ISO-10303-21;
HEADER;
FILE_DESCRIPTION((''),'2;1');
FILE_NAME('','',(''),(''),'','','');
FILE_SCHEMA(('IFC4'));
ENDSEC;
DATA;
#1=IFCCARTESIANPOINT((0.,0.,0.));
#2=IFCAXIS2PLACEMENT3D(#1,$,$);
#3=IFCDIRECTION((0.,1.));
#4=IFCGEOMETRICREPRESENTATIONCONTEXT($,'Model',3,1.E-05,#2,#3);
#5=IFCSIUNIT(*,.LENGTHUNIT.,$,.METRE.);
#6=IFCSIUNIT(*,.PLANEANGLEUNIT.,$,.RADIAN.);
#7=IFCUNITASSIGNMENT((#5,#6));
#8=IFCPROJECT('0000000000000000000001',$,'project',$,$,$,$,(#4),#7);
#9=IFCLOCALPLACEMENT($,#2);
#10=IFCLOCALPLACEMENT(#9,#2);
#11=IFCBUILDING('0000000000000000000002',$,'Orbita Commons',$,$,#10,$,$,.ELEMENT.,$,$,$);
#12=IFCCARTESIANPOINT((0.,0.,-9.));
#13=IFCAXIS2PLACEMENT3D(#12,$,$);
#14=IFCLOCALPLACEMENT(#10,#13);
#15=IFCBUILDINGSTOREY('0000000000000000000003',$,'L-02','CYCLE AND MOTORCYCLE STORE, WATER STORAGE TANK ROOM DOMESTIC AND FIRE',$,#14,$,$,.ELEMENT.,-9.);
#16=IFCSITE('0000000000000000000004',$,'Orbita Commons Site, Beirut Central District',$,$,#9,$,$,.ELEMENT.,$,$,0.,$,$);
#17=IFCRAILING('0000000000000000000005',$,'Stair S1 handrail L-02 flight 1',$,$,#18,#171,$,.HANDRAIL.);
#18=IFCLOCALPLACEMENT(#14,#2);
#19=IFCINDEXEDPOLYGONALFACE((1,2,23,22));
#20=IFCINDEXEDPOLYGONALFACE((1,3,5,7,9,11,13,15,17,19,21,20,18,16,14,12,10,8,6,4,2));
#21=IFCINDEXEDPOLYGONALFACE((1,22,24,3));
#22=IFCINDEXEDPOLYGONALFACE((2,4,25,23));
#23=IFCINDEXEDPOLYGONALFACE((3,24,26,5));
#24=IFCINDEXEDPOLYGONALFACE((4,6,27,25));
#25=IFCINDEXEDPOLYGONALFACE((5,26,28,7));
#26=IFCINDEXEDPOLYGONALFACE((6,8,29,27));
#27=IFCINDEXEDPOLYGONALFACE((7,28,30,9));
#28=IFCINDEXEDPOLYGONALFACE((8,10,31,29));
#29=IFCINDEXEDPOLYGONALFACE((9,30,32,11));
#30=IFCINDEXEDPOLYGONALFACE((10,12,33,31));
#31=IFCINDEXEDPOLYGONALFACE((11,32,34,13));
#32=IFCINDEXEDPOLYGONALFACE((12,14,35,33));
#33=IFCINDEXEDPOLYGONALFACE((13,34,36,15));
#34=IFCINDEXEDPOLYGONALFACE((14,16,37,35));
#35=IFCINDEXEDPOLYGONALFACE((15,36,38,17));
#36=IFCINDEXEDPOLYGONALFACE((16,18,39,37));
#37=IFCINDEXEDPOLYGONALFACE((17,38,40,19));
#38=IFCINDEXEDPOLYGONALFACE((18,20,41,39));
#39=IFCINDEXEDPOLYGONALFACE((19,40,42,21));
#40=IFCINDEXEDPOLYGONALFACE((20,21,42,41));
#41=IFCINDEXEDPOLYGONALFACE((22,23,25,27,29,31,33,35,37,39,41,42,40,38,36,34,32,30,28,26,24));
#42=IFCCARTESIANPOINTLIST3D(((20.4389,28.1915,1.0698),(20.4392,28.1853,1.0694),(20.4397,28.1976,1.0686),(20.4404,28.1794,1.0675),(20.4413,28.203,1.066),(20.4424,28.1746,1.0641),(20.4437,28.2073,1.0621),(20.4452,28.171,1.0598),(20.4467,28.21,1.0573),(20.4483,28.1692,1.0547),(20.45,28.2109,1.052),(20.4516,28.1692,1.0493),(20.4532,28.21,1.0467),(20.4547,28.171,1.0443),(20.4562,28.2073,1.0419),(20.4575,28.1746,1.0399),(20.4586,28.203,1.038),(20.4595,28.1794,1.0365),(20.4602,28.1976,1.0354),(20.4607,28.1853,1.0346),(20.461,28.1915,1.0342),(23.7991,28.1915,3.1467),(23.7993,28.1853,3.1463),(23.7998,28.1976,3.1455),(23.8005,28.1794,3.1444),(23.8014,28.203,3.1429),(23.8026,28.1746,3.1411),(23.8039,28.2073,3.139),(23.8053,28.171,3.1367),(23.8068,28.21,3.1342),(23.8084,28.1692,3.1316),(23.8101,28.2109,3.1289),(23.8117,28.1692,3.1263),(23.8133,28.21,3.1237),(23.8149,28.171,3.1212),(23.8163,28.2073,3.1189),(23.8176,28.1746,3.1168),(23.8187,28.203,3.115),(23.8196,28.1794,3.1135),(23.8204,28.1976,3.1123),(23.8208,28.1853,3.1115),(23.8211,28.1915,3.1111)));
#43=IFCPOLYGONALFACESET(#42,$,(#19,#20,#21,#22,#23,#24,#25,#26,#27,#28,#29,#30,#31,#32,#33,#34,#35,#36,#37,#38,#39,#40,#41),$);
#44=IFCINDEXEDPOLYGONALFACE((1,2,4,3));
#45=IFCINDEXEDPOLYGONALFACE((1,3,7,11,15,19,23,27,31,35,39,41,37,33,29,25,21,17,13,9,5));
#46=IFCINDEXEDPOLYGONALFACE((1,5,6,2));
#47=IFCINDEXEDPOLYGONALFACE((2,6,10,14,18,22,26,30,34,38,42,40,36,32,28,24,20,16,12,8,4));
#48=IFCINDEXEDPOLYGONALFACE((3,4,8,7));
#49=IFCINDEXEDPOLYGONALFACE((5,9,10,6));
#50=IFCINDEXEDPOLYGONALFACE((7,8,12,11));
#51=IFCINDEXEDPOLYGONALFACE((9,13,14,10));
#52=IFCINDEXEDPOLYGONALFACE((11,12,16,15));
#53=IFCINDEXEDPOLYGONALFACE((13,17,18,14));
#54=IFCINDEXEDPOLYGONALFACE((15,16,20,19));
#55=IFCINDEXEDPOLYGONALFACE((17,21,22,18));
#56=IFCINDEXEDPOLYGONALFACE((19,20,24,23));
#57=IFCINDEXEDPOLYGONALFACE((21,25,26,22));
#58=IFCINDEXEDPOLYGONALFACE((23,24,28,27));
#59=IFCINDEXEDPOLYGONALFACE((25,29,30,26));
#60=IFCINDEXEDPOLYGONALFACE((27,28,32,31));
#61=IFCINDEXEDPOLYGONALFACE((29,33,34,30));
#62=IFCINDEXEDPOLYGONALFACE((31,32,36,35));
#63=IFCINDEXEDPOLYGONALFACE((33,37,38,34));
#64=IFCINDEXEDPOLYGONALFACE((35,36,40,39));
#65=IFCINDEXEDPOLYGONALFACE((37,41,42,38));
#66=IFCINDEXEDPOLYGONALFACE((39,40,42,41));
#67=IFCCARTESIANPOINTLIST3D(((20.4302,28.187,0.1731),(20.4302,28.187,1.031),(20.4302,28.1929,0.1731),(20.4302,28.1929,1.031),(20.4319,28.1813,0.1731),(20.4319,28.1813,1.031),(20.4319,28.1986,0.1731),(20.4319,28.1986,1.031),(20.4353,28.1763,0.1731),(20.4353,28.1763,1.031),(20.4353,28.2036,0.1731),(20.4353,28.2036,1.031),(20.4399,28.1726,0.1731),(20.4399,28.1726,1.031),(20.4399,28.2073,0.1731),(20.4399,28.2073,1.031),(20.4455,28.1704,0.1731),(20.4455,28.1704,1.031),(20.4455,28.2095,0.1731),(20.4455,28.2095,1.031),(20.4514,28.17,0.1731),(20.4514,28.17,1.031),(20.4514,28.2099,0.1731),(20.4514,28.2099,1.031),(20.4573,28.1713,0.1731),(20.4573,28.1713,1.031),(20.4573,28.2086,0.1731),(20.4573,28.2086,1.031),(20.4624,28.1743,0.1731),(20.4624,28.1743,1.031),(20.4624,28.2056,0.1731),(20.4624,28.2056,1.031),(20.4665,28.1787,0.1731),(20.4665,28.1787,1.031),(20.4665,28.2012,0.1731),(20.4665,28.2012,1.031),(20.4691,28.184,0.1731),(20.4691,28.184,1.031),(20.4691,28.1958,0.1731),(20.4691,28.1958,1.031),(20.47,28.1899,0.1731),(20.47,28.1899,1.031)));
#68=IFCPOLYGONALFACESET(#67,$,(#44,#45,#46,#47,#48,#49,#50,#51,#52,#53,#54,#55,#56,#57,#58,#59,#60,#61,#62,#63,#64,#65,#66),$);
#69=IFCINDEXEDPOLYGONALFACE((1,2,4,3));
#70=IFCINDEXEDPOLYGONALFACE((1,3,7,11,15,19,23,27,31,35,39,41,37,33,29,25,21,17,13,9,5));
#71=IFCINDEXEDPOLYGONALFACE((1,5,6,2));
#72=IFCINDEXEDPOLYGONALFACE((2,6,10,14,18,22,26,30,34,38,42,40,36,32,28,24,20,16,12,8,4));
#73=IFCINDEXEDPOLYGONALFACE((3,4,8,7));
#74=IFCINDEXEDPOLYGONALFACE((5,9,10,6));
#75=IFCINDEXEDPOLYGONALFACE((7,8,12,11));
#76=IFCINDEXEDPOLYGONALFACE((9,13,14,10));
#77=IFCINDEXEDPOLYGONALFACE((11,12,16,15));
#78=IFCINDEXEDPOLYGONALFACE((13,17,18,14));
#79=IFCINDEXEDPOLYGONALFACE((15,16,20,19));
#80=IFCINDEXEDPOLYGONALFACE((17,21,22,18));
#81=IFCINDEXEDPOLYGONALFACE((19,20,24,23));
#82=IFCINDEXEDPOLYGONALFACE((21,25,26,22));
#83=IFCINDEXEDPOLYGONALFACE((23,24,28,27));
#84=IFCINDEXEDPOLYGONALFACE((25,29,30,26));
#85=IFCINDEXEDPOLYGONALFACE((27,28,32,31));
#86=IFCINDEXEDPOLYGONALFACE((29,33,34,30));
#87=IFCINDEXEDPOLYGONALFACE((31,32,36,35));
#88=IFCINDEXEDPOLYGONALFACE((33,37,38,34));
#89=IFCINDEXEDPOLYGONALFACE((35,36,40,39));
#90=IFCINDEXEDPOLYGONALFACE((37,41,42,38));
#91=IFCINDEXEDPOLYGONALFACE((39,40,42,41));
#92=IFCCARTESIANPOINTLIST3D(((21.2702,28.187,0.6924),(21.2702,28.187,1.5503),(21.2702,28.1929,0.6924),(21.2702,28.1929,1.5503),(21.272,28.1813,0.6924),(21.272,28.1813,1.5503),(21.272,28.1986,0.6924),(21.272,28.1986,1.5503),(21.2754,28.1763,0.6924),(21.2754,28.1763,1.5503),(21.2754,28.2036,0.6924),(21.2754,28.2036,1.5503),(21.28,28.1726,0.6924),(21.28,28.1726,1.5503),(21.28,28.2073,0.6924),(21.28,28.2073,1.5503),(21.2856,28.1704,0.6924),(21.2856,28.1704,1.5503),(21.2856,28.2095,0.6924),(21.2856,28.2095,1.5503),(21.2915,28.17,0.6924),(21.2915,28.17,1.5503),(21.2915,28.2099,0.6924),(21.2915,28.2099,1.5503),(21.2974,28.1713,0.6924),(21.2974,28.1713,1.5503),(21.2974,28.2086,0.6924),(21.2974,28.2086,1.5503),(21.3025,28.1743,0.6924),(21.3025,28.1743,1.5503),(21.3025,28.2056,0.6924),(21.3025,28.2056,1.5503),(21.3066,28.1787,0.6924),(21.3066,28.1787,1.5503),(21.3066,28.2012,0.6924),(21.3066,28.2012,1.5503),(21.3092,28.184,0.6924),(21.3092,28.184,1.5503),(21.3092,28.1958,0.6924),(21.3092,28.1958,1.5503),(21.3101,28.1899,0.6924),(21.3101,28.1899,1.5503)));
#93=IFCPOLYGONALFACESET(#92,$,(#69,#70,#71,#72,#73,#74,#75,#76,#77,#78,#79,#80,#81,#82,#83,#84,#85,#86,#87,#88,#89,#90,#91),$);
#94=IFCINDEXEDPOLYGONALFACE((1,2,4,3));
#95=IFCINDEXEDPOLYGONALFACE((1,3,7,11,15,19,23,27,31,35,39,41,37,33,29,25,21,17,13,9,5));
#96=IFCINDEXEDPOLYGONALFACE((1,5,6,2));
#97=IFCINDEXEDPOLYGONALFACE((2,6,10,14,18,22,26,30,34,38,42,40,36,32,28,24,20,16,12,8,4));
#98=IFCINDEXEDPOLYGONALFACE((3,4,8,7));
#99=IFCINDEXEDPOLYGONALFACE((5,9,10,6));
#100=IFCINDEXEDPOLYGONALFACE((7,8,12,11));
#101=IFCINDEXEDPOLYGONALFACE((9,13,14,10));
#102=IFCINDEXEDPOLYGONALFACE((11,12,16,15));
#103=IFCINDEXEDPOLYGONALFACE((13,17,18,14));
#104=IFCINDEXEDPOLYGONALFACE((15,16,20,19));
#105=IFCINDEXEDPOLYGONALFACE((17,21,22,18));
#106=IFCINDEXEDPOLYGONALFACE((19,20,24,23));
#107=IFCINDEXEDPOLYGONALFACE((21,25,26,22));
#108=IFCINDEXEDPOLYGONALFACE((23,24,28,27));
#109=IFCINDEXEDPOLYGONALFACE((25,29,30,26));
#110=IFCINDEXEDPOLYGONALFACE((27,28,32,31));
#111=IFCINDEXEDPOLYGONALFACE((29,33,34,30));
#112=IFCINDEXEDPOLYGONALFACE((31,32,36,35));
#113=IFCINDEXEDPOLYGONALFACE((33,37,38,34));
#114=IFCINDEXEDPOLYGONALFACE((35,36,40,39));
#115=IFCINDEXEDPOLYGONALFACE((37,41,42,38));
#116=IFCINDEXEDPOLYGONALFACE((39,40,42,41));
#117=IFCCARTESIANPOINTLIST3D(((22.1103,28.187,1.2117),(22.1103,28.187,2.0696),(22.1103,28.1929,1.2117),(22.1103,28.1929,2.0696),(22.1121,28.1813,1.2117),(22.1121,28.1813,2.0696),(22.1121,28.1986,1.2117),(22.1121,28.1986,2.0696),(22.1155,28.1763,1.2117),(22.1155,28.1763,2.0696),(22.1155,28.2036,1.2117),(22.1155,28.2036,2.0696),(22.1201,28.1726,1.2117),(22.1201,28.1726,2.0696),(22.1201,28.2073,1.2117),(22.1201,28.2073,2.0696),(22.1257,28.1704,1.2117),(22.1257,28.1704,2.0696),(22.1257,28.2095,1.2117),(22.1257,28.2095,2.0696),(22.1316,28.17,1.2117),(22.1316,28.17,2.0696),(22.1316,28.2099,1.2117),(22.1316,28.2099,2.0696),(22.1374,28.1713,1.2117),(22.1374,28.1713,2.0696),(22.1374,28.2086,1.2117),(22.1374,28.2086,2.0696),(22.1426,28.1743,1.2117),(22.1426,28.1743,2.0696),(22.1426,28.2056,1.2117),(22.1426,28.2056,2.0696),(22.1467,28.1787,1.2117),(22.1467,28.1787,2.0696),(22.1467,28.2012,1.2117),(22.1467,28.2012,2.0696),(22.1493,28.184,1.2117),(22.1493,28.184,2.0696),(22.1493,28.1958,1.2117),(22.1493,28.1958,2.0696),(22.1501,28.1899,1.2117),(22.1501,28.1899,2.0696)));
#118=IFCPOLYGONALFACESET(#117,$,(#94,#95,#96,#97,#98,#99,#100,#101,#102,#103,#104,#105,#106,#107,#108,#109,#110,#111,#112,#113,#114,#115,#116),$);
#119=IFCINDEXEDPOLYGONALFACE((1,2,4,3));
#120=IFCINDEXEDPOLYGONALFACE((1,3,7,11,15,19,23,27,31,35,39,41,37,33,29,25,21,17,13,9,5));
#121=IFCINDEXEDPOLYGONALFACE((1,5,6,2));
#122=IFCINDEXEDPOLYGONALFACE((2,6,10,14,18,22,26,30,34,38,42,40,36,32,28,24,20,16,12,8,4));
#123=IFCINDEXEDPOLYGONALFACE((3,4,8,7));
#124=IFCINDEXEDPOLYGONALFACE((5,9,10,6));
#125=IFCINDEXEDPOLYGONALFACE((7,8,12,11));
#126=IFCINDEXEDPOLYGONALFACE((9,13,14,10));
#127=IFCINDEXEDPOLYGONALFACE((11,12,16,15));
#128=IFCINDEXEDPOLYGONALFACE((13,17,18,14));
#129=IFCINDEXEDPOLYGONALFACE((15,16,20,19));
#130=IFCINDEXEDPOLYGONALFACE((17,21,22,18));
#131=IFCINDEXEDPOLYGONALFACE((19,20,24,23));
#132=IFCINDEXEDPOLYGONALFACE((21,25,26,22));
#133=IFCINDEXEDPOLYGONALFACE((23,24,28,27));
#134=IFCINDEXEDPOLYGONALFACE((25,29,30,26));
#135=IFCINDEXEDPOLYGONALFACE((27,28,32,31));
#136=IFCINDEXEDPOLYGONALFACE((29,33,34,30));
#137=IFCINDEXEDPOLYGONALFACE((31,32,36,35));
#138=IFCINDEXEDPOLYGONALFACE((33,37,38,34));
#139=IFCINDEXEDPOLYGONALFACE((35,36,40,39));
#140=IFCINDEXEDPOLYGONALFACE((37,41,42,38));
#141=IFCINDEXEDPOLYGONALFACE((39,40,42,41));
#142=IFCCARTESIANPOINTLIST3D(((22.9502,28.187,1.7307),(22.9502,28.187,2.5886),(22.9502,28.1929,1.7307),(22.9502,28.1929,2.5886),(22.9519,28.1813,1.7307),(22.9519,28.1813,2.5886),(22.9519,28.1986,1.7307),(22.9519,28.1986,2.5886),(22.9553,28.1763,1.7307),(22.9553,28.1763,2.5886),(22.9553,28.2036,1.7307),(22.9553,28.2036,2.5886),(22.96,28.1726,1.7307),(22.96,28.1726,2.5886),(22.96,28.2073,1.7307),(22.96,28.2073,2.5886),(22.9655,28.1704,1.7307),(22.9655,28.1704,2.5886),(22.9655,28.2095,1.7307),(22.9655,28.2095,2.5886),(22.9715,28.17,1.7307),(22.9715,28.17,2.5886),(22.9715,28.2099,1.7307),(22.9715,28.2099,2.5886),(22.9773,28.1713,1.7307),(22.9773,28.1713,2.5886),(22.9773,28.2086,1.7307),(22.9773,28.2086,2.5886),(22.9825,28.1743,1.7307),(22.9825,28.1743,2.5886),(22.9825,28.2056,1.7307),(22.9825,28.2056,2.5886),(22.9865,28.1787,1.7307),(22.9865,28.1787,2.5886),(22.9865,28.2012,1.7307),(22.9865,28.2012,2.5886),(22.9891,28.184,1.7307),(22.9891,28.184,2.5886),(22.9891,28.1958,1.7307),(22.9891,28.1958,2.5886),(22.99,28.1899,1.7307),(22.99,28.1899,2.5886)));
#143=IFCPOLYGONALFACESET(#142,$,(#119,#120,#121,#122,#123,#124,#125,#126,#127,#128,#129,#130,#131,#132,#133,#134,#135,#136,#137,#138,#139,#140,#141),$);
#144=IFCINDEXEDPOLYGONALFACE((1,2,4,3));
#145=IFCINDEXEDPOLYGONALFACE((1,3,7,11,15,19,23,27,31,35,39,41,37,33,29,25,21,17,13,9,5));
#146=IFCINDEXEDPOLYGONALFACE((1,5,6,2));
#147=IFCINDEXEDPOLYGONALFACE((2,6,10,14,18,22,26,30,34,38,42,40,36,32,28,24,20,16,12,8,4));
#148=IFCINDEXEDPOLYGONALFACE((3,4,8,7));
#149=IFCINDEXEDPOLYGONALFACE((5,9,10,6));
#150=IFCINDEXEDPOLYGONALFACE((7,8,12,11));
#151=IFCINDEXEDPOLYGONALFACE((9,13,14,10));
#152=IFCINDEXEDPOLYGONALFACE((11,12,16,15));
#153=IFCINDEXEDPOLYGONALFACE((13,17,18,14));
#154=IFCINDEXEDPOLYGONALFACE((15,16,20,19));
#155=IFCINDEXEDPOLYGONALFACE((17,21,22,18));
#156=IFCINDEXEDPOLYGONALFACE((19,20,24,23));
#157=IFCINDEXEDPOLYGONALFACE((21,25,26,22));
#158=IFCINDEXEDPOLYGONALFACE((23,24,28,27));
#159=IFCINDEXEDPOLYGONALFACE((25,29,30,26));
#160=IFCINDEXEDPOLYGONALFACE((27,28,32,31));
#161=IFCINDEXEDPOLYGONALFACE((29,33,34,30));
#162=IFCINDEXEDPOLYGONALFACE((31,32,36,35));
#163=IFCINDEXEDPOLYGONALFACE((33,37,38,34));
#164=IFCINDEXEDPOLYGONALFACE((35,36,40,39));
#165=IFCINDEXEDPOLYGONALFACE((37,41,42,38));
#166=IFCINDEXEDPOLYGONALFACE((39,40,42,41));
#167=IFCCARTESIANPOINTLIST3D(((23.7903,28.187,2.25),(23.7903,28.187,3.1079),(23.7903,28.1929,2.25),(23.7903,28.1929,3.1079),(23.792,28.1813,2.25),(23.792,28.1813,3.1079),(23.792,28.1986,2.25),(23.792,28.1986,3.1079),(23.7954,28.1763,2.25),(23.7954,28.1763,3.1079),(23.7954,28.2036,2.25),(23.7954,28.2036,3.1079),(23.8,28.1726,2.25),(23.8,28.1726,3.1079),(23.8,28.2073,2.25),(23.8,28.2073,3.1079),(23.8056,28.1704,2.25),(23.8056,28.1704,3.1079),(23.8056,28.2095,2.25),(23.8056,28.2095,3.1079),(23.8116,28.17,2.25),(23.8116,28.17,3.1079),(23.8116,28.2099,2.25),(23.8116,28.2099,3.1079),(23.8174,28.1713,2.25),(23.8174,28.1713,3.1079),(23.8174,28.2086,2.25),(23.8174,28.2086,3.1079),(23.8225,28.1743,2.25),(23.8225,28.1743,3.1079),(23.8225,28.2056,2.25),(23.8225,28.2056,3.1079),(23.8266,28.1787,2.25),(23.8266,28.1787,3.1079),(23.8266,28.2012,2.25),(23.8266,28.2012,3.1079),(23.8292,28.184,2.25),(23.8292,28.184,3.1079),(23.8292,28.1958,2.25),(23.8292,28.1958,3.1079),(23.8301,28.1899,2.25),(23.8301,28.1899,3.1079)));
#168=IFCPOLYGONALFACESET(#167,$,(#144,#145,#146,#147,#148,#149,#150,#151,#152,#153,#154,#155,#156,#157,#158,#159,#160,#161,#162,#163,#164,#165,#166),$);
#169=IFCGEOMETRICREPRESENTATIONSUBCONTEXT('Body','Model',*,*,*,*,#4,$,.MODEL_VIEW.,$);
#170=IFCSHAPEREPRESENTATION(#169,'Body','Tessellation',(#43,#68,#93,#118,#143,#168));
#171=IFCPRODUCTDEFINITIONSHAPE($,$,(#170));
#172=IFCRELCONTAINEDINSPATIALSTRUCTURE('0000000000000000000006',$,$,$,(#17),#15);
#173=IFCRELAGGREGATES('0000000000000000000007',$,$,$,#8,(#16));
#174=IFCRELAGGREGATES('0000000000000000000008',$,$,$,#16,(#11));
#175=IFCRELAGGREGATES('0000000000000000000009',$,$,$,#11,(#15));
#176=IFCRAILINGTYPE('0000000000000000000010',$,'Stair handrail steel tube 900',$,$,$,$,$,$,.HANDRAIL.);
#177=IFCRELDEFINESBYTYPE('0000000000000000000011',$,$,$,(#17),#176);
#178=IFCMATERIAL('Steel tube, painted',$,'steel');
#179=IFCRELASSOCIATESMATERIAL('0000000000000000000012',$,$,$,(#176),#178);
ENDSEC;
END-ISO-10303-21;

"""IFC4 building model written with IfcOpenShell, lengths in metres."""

from ifc_helpers import new_model, si_unit, direction, frame, origin, origin_2d, place, context, subcontext, project, spatial, circle, extrude, material, type_object, element, save


model = new_model("IFC4")

# Units and contexts
model_context = context("Model", 3, precision=1e-05, world=origin(), true_north=direction((0.0, 1.0)))
body_context = subcontext(model_context, "Body", "Model", "MODEL_VIEW")
ifc_project = project(units=[si_unit("LENGTHUNIT", "METRE"), si_unit("PLANEANGLEUNIT", "RADIAN")], contexts=[model_context])

# Site, building, storey
site_placement = place(None, origin())
site = spatial("IfcSite", under=ifc_project, at=site_placement, Name="Orbita Commons Site, Beirut Central District", CompositionType="ELEMENT", RefElevation=0.0)
building_placement = place(site_placement, origin())
building = spatial("IfcBuilding", under=site, at=building_placement, Name="Orbita Commons", CompositionType="ELEMENT")
storey_placement = place(building_placement, frame((0.0, 0.0, -9.0)))
storey = spatial("IfcBuildingStorey", under=building, at=storey_placement, Name="L-02", Description="CYCLE AND MOTORCYCLE STORE, WATER STORAGE TANK ROOM DOMESTIC AND FIRE", CompositionType="ELEMENT", Elevation=-9.0)

# Railing
ifc_material_1 = material(Name="Steel tube, painted", Category="steel")
railing_type = type_object("IfcRailingType", Name="Stair handrail steel tube 900", PredefinedType="HANDRAIL", material=ifc_material_1)
for number, where, name in (
    (1, (20.45, 28.1899, 0.1731), "Stair S1 handrail L-02 flight 1"),
):
    element("IfcRailing", number, at=place(storey_placement, frame(where)), inside=storey, type_object=railing_type, Name=name, PredefinedType="HANDRAIL", context=body_context, shape_type="SweptSolid", body=[
        extrude(circle(Radius=0.021, at=origin_2d()), frame((0.0, 0.0, 0.8789), z_axis=(0.850623, 0.0, 0.525776), x_axis=(0.0, 1.0, 0.0)), (0.0, 0.0, 1.0), 3.9502),
        extrude(circle(Radius=0.02, at=origin_2d()), origin(), (0.0, 0.0, 1.0), 0.8579),
        extrude(circle(Radius=0.02, at=origin_2d()), frame((0.8401, 0.0, 0.5193)), (0.0, 0.0, 1.0), 0.8579),
        extrude(circle(Radius=0.02, at=origin_2d()), frame((1.6802, 0.0, 1.0386)), (0.0, 0.0, 1.0), 0.8579),
        extrude(circle(Radius=0.02, at=origin_2d()), frame((2.52, 0.0, 1.5576)), (0.0, 0.0, 1.0), 0.8579),
        extrude(circle(Radius=0.02, at=origin_2d()), frame((3.3601, 0.0, 2.0769)), (0.0, 0.0, 1.0), 0.8579),
    ])

save(model, "model.ifc")
